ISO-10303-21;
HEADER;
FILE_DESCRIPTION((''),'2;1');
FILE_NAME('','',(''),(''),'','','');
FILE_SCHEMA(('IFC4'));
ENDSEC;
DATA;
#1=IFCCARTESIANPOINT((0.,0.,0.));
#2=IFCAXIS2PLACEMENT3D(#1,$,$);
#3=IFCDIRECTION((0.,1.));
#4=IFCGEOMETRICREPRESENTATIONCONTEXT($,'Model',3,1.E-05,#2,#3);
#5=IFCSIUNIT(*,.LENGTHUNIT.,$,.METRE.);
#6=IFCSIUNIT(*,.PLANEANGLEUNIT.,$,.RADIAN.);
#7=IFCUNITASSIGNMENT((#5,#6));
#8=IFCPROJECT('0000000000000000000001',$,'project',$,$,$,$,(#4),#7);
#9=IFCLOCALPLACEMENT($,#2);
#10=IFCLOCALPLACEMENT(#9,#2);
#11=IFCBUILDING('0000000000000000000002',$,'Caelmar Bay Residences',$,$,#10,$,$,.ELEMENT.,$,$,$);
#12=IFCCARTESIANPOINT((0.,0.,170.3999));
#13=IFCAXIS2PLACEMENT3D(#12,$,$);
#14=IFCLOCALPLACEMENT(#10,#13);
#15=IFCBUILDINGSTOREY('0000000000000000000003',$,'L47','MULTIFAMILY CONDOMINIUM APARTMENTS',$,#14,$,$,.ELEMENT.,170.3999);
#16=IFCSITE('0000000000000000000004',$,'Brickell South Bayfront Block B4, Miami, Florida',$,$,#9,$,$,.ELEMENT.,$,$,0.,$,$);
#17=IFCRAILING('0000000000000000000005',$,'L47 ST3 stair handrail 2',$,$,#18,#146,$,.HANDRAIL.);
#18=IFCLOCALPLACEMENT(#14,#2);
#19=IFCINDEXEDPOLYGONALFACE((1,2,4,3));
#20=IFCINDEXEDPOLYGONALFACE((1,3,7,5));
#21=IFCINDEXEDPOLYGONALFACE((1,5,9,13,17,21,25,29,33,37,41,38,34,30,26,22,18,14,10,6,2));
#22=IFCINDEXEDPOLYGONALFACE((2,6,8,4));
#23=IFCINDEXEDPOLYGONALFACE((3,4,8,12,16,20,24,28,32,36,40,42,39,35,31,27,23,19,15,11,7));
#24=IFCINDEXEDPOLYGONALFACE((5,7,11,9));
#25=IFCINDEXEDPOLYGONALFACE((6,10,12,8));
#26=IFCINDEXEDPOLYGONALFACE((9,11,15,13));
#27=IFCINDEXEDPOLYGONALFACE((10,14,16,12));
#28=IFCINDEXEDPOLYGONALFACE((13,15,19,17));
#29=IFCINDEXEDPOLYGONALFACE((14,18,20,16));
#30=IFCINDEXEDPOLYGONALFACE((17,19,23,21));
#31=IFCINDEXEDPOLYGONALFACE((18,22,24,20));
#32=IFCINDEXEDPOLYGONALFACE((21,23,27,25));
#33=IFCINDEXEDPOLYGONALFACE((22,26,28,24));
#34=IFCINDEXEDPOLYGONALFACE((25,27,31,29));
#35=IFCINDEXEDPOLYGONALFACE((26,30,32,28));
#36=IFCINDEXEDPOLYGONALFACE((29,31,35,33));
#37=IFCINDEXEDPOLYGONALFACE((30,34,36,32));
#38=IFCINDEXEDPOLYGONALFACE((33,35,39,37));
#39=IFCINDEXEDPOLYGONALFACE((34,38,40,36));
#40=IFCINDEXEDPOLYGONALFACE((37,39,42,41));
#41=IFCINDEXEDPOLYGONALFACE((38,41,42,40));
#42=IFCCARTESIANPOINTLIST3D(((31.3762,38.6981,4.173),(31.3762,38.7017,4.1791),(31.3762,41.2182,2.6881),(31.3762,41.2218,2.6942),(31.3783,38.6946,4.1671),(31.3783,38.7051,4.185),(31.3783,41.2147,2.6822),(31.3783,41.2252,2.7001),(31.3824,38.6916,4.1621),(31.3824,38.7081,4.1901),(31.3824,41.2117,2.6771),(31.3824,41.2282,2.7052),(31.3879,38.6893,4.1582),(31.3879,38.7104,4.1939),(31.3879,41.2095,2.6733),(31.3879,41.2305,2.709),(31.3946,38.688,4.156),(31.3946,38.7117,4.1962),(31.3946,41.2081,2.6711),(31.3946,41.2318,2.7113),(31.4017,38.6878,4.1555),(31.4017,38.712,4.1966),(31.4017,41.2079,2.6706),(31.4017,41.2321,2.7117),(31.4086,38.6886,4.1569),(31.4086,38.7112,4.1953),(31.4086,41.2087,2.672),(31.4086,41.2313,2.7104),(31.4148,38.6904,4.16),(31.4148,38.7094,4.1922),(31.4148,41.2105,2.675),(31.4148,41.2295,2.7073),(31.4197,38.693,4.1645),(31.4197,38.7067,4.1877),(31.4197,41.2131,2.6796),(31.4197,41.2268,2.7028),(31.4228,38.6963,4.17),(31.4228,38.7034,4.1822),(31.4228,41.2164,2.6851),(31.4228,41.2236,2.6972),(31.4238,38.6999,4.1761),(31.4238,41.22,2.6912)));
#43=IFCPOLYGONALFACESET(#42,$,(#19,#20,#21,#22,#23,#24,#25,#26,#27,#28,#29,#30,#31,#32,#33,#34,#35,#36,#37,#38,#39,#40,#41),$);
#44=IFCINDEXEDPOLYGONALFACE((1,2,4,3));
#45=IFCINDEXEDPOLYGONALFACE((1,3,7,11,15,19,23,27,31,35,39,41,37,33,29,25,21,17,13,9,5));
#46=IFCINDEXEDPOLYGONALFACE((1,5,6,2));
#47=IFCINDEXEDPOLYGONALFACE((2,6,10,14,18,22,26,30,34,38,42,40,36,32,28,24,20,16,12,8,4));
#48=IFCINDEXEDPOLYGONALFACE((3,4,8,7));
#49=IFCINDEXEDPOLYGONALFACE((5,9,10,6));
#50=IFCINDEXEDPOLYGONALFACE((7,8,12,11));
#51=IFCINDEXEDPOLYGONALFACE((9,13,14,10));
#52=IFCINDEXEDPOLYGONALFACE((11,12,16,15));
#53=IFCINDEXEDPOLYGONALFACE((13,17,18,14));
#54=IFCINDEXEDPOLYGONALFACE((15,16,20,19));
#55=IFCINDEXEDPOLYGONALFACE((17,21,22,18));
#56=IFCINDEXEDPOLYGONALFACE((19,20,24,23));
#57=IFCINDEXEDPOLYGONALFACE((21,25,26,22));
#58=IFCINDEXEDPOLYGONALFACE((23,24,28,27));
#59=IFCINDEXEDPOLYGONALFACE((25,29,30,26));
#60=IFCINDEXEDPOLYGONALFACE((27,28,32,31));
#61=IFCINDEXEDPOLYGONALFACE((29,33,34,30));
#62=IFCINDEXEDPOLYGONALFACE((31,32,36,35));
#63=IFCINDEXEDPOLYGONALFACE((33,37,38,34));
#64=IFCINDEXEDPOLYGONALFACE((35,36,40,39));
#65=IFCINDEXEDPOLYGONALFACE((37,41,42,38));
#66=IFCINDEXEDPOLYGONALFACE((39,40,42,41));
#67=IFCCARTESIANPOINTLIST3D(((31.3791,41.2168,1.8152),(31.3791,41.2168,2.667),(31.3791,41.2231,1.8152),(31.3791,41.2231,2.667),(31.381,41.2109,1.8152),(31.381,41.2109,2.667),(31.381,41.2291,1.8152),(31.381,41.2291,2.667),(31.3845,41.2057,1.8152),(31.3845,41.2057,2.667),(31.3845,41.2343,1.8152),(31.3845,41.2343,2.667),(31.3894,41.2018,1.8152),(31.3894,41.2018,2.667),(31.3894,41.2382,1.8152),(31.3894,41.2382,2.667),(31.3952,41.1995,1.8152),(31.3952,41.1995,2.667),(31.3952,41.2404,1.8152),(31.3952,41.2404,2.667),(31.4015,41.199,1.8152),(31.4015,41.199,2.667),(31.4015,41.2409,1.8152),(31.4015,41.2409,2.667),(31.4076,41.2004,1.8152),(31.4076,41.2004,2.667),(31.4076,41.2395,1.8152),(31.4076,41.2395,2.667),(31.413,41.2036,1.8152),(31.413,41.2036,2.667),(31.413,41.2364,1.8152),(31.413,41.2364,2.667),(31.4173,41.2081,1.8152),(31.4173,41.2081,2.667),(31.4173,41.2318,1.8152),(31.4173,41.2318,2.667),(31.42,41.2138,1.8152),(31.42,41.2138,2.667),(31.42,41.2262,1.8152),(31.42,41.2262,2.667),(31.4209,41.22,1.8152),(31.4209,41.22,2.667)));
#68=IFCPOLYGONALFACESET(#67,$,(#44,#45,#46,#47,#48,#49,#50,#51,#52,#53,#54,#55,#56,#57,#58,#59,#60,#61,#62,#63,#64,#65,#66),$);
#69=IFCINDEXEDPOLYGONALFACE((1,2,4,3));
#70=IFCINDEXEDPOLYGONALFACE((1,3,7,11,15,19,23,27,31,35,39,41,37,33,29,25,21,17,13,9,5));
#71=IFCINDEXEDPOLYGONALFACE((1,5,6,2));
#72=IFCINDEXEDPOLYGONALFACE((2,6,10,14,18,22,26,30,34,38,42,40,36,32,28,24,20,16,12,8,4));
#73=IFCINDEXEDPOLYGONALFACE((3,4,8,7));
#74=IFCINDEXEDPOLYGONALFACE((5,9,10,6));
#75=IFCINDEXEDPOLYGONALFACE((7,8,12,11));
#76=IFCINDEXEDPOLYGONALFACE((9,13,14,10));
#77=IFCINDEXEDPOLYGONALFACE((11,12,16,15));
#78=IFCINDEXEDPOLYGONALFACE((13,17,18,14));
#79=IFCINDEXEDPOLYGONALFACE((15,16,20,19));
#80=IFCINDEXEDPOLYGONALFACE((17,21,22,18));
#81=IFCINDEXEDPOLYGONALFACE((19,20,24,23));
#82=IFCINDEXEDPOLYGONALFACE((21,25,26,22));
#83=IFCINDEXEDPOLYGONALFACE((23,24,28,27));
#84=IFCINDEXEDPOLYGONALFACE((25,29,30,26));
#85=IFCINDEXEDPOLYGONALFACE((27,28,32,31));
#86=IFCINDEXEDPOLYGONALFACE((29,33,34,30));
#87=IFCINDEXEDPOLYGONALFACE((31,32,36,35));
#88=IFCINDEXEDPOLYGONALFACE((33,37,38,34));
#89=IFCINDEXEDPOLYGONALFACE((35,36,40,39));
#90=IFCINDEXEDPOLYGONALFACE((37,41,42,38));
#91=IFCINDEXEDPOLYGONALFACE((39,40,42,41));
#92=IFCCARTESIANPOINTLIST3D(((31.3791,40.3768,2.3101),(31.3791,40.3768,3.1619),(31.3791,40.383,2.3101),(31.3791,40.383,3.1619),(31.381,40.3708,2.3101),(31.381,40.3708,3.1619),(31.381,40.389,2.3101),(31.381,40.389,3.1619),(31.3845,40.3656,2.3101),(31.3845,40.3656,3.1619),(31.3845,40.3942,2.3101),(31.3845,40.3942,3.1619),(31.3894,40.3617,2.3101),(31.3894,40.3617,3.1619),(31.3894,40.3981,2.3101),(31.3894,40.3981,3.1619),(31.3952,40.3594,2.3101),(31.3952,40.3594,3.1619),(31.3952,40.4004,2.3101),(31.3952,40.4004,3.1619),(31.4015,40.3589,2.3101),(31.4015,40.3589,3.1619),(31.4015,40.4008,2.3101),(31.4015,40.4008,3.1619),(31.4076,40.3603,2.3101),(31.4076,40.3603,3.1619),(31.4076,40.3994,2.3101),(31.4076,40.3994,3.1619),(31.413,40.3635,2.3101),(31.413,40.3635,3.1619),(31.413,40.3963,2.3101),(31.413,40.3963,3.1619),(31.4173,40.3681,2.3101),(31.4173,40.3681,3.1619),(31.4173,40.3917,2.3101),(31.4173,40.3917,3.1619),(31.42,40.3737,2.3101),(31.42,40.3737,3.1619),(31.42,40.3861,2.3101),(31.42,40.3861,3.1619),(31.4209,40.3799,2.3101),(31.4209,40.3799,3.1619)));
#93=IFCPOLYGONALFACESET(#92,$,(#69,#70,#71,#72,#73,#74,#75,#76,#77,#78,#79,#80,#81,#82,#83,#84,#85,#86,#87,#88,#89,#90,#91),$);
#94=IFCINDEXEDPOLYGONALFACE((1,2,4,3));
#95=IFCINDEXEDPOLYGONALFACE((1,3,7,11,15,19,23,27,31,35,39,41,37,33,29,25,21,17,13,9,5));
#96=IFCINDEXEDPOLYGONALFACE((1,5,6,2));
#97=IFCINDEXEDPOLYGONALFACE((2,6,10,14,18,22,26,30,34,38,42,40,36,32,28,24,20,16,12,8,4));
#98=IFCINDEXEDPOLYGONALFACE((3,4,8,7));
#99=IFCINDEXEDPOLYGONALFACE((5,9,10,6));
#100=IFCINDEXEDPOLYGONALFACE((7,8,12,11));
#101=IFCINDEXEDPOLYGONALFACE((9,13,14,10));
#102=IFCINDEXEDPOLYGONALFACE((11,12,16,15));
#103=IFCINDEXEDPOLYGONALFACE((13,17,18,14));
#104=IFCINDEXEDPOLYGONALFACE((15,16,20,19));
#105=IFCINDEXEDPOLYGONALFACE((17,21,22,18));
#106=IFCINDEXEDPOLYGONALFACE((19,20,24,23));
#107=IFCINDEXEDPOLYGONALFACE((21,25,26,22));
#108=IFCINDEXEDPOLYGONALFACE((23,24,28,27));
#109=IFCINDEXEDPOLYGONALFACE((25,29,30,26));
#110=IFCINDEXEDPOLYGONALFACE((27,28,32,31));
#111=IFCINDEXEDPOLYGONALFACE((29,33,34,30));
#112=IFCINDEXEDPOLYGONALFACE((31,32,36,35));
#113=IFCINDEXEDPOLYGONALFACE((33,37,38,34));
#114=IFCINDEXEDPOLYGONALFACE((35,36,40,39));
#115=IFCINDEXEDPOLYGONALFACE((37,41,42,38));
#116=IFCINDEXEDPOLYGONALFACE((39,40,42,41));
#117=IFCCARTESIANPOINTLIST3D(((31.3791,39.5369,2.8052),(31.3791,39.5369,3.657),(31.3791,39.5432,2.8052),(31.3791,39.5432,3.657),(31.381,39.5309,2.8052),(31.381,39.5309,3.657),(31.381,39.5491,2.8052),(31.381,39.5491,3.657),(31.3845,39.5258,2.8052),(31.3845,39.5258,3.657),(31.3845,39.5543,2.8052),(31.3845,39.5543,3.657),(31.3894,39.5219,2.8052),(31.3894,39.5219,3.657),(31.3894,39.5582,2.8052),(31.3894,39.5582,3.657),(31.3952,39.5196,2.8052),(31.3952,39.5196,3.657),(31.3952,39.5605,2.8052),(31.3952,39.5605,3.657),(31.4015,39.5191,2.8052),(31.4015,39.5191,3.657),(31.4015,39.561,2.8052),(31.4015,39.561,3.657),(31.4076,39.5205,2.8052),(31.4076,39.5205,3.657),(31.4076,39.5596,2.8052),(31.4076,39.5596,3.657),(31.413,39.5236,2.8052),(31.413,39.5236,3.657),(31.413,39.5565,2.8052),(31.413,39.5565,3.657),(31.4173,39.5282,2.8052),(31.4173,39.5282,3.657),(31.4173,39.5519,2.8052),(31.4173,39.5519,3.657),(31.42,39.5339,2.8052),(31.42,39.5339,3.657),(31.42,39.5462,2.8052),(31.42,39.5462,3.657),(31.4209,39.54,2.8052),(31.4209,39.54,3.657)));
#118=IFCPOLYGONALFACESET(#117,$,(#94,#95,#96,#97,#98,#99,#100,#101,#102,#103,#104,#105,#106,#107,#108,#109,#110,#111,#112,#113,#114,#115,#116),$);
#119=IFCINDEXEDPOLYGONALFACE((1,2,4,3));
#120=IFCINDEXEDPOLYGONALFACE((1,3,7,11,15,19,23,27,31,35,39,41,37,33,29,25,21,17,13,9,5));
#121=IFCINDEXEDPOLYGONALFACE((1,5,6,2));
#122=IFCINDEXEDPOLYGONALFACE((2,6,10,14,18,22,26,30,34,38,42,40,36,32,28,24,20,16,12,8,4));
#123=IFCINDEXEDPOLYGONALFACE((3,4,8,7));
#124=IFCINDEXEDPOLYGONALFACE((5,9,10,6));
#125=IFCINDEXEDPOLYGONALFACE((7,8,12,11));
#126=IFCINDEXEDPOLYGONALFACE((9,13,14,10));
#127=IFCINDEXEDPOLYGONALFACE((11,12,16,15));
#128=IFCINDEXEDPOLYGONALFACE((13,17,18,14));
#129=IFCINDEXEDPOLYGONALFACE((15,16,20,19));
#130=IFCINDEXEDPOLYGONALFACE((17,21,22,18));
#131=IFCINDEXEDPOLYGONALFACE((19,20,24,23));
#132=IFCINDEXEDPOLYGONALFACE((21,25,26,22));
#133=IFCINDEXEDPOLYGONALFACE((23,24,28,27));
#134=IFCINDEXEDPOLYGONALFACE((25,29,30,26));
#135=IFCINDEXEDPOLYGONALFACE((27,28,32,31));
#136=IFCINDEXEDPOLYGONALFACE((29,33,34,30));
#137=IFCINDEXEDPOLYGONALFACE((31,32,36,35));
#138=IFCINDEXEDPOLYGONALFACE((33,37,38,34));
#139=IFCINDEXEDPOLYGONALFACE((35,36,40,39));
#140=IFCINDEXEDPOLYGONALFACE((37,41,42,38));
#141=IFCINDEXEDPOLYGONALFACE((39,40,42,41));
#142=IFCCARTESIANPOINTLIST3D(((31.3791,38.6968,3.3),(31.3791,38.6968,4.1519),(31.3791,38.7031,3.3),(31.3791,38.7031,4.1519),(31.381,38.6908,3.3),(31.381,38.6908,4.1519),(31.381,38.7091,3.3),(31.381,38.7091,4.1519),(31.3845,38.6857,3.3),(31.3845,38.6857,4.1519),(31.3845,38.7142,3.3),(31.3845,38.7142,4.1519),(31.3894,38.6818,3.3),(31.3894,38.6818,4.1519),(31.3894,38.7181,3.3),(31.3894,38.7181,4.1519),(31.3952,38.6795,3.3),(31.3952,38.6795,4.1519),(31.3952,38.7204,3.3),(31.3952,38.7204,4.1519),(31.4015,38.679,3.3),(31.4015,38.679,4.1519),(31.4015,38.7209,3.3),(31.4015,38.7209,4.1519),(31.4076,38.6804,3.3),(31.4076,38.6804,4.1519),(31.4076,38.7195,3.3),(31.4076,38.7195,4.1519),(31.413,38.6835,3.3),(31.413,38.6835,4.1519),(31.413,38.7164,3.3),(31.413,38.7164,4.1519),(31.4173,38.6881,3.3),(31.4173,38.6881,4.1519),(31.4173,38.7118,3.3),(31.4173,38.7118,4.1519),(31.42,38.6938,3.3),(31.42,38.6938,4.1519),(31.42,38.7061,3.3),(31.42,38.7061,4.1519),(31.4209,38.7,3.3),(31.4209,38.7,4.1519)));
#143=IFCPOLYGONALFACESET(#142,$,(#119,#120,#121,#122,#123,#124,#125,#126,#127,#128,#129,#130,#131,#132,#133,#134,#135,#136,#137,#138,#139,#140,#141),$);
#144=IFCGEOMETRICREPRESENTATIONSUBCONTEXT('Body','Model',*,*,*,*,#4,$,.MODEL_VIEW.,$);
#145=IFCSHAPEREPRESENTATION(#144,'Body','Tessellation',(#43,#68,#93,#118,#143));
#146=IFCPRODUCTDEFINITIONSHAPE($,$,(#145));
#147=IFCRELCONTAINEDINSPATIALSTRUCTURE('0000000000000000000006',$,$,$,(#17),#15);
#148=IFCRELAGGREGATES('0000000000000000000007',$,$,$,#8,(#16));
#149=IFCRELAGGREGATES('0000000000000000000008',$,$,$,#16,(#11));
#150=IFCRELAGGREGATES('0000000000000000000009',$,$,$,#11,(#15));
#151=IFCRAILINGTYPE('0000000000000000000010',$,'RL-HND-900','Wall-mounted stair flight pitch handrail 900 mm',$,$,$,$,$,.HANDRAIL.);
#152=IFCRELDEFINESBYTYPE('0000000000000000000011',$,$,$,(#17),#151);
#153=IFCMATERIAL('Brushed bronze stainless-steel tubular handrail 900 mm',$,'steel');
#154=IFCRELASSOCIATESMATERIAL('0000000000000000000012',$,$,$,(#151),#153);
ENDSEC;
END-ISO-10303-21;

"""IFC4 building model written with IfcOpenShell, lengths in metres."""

from ifc_helpers import new_model, si_unit, direction, frame, origin, origin_2d, place, context, subcontext, project, spatial, circle, extrude, material, type_object, element, save


model = new_model("IFC4")

# Units and contexts
model_context = context("Model", 3, precision=1e-05, world=origin(), true_north=direction((0.0, 1.0)))
body_context = subcontext(model_context, "Body", "Model", "MODEL_VIEW")
ifc_project = project(units=[si_unit("LENGTHUNIT", "METRE"), si_unit("PLANEANGLEUNIT", "RADIAN")], contexts=[model_context])

# Site, building, storey
site_placement = place(None, origin())
site = spatial("IfcSite", under=ifc_project, at=site_placement, Name="Brickell South Bayfront Block B4, Miami, Florida", CompositionType="ELEMENT", RefElevation=0.0)
building_placement = place(site_placement, origin())
building = spatial("IfcBuilding", under=site, at=building_placement, Name="Caelmar Bay Residences", CompositionType="ELEMENT")
storey_placement = place(building_placement, frame((0.0, 0.0, 170.3999)))
storey = spatial("IfcBuildingStorey", under=building, at=storey_placement, Name="L47", Description="MULTIFAMILY CONDOMINIUM APARTMENTS", CompositionType="ELEMENT", Elevation=170.3999)

# Railing
ifc_material_1 = material(Name="Brushed bronze stainless-steel tubular handrail 900 mm", Category="steel")
railing_type_1 = type_object("IfcRailingType", Name="RL-HND-900", Description="Wall-mounted stair flight pitch handrail 900 mm", PredefinedType="HANDRAIL", material=ifc_material_1)
railing_1_placement = place(storey_placement, frame((31.3999, 41.22, 1.8152)))
element("IfcRailing", 1, at=railing_1_placement, inside=storey, type_object=railing_type_1, Name="L47 ST3 stair handrail 2", PredefinedType="HANDRAIL", context=body_context, shape_type="SweptSolid", body=[
    extrude(circle(Radius=0.0239, at=origin_2d()), frame((0.0, 0.0, 0.876), z_axis=(0.0, -0.861561, 0.507655), x_axis=(1.0, 0.0, 0.0)), (0.0, 0.0, 1.0), 2.925),
    extrude(circle(Radius=0.021, at=origin_2d()), origin(), (0.0, 0.0, 1.0), 0.8518),
    extrude(circle(Radius=0.021, at=origin_2d()), frame((0.0, -0.8401, 0.4949)), (0.0, 0.0, 1.0), 0.8518),
    extrude(circle(Radius=0.021, at=origin_2d()), frame((0.0, -1.6799, 0.99)), (0.0, 0.0, 1.0), 0.8518),
    extrude(circle(Radius=0.021, at=origin_2d()), frame((0.0, -2.52, 1.4849)), (0.0, 0.0, 1.0), 0.8518),
])

save(model, "model.ifc")
